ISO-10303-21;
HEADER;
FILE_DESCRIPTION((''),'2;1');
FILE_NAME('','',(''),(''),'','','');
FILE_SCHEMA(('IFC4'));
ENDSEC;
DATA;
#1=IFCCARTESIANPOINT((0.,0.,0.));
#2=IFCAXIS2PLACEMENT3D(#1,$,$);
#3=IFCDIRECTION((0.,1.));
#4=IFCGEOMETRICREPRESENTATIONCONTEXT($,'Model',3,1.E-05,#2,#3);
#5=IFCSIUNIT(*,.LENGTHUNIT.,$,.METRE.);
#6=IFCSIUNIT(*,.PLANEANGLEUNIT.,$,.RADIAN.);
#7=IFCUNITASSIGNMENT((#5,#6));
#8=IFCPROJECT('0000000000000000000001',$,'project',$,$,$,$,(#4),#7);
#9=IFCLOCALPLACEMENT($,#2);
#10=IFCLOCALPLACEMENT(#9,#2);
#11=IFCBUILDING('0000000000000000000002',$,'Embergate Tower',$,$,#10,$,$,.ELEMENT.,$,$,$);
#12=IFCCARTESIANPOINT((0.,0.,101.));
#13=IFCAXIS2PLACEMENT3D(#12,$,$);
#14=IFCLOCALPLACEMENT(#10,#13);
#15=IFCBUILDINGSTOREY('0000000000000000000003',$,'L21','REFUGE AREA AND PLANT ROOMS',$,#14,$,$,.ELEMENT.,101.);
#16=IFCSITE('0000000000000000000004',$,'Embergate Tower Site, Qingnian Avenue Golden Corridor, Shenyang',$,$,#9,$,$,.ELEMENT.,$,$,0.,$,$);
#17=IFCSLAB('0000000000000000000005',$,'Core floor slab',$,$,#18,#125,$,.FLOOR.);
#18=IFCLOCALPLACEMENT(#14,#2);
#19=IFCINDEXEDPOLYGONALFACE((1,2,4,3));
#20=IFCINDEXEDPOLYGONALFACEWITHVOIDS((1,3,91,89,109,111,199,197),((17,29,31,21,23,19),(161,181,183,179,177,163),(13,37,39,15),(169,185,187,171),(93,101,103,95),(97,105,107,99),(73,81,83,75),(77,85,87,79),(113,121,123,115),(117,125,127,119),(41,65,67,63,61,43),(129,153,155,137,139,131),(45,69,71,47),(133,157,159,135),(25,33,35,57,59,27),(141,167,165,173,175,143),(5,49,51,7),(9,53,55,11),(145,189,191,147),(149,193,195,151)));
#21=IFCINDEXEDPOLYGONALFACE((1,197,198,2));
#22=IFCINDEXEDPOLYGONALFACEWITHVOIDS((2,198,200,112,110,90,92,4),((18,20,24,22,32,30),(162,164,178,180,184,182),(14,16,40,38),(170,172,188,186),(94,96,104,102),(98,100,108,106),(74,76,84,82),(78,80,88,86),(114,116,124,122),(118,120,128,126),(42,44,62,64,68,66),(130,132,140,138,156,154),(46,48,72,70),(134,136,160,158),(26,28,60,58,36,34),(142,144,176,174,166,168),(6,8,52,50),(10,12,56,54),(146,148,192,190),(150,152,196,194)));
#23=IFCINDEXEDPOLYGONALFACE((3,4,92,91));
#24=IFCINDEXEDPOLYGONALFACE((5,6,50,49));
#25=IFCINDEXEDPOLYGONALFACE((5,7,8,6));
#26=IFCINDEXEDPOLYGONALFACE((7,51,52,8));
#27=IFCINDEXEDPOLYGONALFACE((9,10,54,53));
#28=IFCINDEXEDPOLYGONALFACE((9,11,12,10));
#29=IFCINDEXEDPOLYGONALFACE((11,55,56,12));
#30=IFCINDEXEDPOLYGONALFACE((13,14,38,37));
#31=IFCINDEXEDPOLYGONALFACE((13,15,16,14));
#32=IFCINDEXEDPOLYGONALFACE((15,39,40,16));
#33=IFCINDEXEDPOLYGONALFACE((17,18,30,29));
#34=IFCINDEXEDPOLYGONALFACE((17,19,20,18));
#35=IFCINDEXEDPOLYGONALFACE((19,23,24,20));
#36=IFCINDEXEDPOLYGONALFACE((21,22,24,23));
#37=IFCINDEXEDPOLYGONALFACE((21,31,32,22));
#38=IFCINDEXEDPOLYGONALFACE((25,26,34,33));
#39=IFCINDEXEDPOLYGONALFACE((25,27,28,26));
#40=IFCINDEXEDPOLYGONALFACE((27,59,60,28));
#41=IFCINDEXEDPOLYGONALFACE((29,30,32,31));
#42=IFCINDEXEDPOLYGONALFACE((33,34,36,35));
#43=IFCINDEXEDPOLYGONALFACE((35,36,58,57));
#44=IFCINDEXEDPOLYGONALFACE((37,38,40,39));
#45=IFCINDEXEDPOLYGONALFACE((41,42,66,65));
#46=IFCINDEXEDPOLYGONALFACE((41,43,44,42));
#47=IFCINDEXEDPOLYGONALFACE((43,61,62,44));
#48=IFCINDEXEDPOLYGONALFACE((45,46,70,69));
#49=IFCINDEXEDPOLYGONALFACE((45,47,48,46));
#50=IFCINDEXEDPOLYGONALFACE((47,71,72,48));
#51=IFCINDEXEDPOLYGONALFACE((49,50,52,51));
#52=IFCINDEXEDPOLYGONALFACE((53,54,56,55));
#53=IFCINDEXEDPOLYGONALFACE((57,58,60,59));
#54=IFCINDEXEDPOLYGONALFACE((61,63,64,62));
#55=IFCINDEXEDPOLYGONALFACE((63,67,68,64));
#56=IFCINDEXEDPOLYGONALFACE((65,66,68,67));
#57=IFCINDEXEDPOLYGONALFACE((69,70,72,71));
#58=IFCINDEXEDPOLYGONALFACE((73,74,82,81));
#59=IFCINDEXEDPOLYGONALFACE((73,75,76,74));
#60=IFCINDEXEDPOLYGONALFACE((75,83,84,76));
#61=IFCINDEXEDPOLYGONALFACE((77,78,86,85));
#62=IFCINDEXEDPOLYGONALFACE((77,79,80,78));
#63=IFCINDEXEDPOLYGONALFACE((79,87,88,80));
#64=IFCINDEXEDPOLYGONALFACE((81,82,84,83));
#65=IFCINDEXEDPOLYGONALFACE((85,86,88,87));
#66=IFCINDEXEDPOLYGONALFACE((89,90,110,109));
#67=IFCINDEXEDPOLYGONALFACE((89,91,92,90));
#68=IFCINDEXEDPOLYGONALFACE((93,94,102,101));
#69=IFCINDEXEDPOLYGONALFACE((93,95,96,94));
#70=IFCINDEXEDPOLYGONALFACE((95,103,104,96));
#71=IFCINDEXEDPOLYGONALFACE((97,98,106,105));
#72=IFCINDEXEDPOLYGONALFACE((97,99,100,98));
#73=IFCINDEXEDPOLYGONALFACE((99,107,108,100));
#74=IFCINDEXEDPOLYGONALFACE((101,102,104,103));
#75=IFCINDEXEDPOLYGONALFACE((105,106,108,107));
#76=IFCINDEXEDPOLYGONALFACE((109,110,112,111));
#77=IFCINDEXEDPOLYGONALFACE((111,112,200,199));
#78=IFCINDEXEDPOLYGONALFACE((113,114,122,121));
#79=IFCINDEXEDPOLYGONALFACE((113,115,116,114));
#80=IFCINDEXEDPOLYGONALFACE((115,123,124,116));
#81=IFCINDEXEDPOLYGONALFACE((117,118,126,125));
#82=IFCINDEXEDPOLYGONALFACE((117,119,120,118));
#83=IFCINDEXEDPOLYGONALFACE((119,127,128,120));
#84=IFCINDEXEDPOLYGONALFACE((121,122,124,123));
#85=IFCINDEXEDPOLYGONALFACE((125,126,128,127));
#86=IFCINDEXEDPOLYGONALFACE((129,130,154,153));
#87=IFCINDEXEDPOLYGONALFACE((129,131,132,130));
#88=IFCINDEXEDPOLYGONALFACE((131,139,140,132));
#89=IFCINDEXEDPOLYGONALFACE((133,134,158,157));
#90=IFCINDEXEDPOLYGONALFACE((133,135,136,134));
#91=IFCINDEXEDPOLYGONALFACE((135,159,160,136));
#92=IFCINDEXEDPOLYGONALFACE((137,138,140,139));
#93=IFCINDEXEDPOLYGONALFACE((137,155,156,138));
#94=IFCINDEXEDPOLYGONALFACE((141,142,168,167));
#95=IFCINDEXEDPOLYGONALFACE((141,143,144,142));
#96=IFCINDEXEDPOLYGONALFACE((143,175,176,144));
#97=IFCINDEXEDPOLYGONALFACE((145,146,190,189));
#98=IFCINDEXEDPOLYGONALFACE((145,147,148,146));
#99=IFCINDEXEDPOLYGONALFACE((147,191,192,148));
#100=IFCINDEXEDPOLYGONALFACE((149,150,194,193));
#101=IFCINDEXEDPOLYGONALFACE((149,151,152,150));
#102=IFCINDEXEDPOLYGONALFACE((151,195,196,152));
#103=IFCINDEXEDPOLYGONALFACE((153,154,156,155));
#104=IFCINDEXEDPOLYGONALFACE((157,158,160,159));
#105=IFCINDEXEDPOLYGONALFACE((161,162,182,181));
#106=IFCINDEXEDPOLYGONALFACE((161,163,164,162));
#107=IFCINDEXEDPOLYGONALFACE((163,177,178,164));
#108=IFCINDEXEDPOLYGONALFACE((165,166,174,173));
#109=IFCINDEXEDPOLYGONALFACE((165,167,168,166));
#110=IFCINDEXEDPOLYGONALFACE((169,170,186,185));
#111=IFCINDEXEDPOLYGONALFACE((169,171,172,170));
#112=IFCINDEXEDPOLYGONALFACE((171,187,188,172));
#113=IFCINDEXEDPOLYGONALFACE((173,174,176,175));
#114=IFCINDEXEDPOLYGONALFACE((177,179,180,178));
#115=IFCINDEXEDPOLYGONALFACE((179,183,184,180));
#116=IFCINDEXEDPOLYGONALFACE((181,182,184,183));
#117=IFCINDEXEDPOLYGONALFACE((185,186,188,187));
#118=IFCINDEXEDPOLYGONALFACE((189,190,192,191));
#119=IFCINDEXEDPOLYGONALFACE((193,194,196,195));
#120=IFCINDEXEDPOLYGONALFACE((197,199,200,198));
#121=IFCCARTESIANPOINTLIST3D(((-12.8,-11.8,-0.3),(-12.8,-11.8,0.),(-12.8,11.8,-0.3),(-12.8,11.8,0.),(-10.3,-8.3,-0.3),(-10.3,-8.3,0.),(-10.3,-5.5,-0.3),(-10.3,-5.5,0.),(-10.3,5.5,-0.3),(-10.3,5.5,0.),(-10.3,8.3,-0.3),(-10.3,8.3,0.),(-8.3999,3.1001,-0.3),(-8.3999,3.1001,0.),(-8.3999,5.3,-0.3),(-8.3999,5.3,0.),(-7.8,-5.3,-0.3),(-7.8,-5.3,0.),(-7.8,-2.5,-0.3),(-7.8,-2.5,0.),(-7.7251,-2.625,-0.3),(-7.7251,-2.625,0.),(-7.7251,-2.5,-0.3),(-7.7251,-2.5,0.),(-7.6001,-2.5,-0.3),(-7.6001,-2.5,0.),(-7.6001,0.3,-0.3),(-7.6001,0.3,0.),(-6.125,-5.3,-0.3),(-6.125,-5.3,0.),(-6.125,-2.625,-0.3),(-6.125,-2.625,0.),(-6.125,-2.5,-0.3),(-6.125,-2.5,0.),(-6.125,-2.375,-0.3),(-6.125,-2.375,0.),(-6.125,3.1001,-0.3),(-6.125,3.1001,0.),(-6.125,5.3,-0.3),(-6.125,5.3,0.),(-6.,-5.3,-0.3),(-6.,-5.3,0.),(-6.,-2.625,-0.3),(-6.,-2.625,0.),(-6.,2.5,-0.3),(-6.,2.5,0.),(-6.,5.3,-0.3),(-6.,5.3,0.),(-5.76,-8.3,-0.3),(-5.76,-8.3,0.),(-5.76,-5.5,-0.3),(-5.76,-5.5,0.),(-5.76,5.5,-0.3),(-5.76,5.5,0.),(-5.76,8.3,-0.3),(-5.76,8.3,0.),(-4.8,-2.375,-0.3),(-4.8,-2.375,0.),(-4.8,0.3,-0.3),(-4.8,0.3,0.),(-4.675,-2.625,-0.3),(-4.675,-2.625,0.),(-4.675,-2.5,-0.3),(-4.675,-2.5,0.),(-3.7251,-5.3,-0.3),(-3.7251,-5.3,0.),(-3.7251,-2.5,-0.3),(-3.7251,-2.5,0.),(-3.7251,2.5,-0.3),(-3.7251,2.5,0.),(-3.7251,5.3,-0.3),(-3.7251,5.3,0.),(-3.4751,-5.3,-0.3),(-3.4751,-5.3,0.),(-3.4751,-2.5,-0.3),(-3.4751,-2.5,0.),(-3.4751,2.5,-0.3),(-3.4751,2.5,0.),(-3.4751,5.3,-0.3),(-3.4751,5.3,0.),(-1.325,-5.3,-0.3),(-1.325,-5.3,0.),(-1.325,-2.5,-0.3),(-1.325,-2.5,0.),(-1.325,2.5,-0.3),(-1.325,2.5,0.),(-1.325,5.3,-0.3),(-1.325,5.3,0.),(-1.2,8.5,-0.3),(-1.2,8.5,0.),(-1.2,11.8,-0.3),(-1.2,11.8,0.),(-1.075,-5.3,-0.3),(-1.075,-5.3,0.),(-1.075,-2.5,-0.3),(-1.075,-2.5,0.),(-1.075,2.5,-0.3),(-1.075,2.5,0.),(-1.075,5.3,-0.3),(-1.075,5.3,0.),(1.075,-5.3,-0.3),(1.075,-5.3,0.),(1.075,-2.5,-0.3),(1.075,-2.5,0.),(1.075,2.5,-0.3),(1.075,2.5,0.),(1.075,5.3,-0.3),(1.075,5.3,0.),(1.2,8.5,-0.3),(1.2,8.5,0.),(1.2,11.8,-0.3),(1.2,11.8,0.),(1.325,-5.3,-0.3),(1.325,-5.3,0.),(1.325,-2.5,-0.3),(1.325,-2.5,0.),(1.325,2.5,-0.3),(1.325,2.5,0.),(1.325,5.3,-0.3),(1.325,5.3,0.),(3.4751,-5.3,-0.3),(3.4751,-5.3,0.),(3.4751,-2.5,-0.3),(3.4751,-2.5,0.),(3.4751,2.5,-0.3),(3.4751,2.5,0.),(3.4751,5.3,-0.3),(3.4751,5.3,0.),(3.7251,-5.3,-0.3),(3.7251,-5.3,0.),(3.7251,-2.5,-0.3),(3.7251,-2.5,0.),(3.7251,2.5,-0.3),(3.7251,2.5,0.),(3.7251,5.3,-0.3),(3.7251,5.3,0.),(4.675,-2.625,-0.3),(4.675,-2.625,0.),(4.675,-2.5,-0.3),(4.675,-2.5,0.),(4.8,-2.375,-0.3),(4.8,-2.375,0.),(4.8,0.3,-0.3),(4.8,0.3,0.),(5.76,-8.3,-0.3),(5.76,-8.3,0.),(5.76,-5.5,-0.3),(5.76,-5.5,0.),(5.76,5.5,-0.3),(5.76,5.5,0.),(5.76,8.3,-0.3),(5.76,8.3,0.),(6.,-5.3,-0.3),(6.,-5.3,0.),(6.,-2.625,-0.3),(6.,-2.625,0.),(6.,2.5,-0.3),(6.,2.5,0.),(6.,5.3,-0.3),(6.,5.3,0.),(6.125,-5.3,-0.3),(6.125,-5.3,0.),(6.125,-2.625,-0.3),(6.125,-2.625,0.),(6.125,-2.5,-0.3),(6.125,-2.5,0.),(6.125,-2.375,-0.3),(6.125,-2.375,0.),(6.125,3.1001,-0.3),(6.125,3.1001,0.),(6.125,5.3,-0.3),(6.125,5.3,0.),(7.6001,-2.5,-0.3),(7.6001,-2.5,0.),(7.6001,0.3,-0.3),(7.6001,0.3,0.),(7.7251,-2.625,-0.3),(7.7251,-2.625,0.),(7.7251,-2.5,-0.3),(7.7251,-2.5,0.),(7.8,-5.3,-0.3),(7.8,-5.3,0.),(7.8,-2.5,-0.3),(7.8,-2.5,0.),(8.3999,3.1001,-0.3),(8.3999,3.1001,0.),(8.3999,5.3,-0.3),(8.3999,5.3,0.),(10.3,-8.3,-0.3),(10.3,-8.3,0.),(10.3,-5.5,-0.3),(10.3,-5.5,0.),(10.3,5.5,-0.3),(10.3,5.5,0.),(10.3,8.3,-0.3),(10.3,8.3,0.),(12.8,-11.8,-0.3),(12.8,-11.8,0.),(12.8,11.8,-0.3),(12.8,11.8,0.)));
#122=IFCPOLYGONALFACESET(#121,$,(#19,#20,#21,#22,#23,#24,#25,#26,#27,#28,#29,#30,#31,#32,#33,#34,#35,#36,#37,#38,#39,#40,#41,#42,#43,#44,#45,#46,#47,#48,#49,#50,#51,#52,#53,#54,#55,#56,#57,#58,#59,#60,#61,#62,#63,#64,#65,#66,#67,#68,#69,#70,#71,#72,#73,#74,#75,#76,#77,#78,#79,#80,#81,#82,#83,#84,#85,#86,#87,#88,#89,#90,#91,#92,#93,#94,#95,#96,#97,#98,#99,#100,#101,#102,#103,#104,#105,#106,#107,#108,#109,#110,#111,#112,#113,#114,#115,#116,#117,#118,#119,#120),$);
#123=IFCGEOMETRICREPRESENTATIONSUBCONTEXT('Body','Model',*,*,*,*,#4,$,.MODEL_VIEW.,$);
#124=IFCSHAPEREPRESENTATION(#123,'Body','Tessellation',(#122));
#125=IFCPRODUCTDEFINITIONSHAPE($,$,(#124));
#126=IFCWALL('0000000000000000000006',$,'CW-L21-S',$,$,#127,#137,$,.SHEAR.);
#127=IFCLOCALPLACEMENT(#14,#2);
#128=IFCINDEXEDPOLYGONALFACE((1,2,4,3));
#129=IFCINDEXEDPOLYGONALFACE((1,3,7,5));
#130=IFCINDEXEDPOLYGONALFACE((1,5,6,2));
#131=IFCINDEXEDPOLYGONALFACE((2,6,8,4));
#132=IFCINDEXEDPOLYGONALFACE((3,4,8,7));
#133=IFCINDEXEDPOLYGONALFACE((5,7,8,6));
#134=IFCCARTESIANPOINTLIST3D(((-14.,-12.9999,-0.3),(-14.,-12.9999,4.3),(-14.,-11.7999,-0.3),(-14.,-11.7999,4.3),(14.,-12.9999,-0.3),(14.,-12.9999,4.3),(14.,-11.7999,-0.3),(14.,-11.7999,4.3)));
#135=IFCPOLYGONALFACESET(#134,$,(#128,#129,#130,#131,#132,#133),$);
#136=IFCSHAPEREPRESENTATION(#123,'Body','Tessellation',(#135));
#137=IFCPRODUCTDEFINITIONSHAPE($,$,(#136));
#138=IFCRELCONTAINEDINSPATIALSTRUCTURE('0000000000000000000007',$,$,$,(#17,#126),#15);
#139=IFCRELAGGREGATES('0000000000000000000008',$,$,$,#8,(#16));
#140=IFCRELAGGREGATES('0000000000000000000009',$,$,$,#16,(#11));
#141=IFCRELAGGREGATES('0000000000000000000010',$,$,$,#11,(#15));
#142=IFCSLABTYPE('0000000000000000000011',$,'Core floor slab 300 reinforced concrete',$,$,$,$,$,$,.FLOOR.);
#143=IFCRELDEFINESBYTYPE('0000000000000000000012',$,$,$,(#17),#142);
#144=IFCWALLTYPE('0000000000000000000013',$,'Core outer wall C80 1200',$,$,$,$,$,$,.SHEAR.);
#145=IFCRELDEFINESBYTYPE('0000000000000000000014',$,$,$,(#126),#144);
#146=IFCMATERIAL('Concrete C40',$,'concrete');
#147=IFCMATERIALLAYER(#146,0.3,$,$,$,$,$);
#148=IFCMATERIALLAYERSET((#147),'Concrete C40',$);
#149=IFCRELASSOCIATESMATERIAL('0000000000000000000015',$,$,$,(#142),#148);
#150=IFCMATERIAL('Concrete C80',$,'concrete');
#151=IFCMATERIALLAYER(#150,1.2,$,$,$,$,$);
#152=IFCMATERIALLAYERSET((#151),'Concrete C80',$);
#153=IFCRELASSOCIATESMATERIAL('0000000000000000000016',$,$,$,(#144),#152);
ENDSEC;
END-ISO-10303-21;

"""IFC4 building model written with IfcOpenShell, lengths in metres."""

from ifc_helpers import new_model, si_unit, direction, frame, frame_2d, origin, place, context, subcontext, project, spatial, polyline, rectangle, outline, extrude, source, transform, mapped, material, layer, layer_set, type_object, element, save


model = new_model("IFC4")

# Units and contexts
model_context = context("Model", 3, precision=1e-05, world=origin(), true_north=direction((0.0, 1.0)))
body_context = subcontext(model_context, "Body", "Model", "MODEL_VIEW")
ifc_project = project(units=[si_unit("LENGTHUNIT", "METRE"), si_unit("PLANEANGLEUNIT", "RADIAN")], contexts=[model_context])

# Site, building, storey
site_placement = place(None, origin())
site = spatial("IfcSite", under=ifc_project, at=site_placement, Name="Embergate Tower Site, Qingnian Avenue Golden Corridor, Shenyang", CompositionType="ELEMENT", RefElevation=0.0)
building_placement = place(site_placement, origin())
building = spatial("IfcBuilding", under=site, at=building_placement, Name="Embergate Tower", CompositionType="ELEMENT")
storey_placement = place(building_placement, frame((0.0, 0.0, 101.0)))
storey = spatial("IfcBuildingStorey", under=building, at=storey_placement, Name="L21", Description="REFUGE AREA AND PLANT ROOMS", CompositionType="ELEMENT", Elevation=101.0)

# Slab
ifc_material_1 = material(Name="Concrete C40", Category="concrete")
ifc_layer_1 = layer(ifc_material_1, 0.3)
ifc_layer_set_1 = layer_set([ifc_layer_1], Name="Concrete C40")
slab_type = type_object("IfcSlabType", Name="Core floor slab 300 reinforced concrete", PredefinedType="FLOOR", material=ifc_layer_set_1)
shared_shape_1 = source(origin(), body_context, "Body", "SweptSolid", [
    extrude(outline(polyline([(0.0, 0.0), (25.6001, 0.0), (25.6001, 23.6001), (14.0, 23.6001), (14.0, 20.3), (11.6001, 20.3), (11.6001, 23.6001), (0.0, 23.6001), (0.0, 0.0)]), holes=[polyline([(2.5, 3.5), (2.5, 6.3), (7.04, 6.3), (7.04, 3.5), (2.5, 3.5)]), polyline([(18.5601, 3.5), (18.5601, 6.3), (23.1001, 6.3), (23.1001, 3.5), (18.5601, 3.5)]), polyline([(5.0, 6.5), (5.0, 9.3), (5.075, 9.3), (5.075, 9.175), (6.675, 9.175), (6.675, 6.5), (5.0, 6.5)]), polyline([(6.8, 6.5), (6.8, 9.175), (8.125, 9.175), (8.125, 9.3), (9.075, 9.3), (9.075, 6.5), (6.8, 6.5)]), polyline([(9.325, 6.5), (9.325, 9.3), (11.4751, 9.3), (11.4751, 6.5), (9.325, 6.5)]), polyline([(11.7251, 6.5), (11.7251, 9.3), (13.875, 9.3), (13.875, 6.5), (11.7251, 6.5)]), polyline([(14.125, 6.5), (14.125, 9.3), (16.2751, 9.3), (16.2751, 6.5), (14.125, 6.5)]), polyline([(16.5251, 6.5), (16.5251, 9.3), (17.4751, 9.3), (17.4751, 9.175), (18.8, 9.175), (18.8, 6.5), (16.5251, 6.5)]), polyline([(18.925, 6.5), (18.925, 9.175), (20.5251, 9.175), (20.5251, 9.3), (20.6001, 9.3), (20.6001, 6.5), (18.925, 6.5)]), polyline([(5.2, 9.3), (5.2, 12.1001), (8.0, 12.1001), (8.0, 9.425), (6.675, 9.425), (6.675, 9.3), (5.2, 9.3)]), polyline([(18.925, 9.3), (18.925, 9.425), (17.6001, 9.425), (17.6001, 12.1001), (20.4001, 12.1001), (20.4001, 9.3), (18.925, 9.3)]), polyline([(6.8, 14.3), (6.8, 17.1001), (9.075, 17.1001), (9.075, 14.3), (6.8, 14.3)]), polyline([(9.325, 14.3), (9.325, 17.1001), (11.4751, 17.1001), (11.4751, 14.3), (9.325, 14.3)]), polyline([(11.7251, 14.3), (11.7251, 17.1001), (13.875, 17.1001), (13.875, 14.3), (11.7251, 14.3)]), polyline([(14.125, 14.3), (14.125, 17.1001), (16.2751, 17.1001), (16.2751, 14.3), (14.125, 14.3)]), polyline([(16.5251, 14.3), (16.5251, 17.1001), (18.8, 17.1001), (18.8, 14.3), (16.5251, 14.3)]), polyline([(4.4001, 14.9001), (4.4001, 17.1001), (6.675, 17.1001), (6.675, 14.9001), (4.4001, 14.9001)]), polyline([(18.925, 14.9001), (18.925, 17.1001), (21.2, 17.1001), (21.2, 14.9001), (18.925, 14.9001)]), polyline([(2.5, 17.3), (2.5, 20.1001), (7.04, 20.1001), (7.04, 17.3), (2.5, 17.3)]), polyline([(18.5601, 17.3), (18.5601, 20.1001), (23.1001, 20.1001), (23.1001, 17.3), (18.5601, 17.3)])]), origin(), (0.0, 0.0, 1.0), 0.3),
])
slab_placement = place(storey_placement, frame((-12.8, -11.8, -0.3)))
element("IfcSlab", 1, at=slab_placement, inside=storey, type_object=slab_type, Name="Core floor slab", PredefinedType="FLOOR", context=body_context, shape_type="MappedRepresentation", body=[
    mapped(shared_shape_1, transform((0.0, 0.0, 0.0))),
])

# Wall
ifc_material_2 = material(Name="Concrete C80", Category="concrete")
ifc_layer_2 = layer(ifc_material_2, 1.2)
ifc_layer_set_2 = layer_set([ifc_layer_2], Name="Concrete C80")
wall_type_1 = type_object("IfcWallType", Name="Core outer wall C80 1200", PredefinedType="SHEAR", material=ifc_layer_set_2)
shared_shape_2 = source(origin(), body_context, "Body", "SweptSolid", [
    extrude(rectangle(XDim=28.0, YDim=1.2, at=frame_2d((14.0, 0.0))), origin(), (0.0, 0.0, 1.0), 4.6001),
])
wall_1_placement = place(storey_placement, frame((-14.0, -12.3999, -0.3), z_axis=(0.0, 0.0, 1.0), x_axis=(1.0, 0.0, 0.0)))
element("IfcWall", 2, at=wall_1_placement, inside=storey, type_object=wall_type_1, Name="CW-L21-S", PredefinedType="SHEAR", context=body_context, shape_type="MappedRepresentation", body=[
    mapped(shared_shape_2, transform((0.0, 0.0, 0.0))),
])

save(model, "model.ifc")
